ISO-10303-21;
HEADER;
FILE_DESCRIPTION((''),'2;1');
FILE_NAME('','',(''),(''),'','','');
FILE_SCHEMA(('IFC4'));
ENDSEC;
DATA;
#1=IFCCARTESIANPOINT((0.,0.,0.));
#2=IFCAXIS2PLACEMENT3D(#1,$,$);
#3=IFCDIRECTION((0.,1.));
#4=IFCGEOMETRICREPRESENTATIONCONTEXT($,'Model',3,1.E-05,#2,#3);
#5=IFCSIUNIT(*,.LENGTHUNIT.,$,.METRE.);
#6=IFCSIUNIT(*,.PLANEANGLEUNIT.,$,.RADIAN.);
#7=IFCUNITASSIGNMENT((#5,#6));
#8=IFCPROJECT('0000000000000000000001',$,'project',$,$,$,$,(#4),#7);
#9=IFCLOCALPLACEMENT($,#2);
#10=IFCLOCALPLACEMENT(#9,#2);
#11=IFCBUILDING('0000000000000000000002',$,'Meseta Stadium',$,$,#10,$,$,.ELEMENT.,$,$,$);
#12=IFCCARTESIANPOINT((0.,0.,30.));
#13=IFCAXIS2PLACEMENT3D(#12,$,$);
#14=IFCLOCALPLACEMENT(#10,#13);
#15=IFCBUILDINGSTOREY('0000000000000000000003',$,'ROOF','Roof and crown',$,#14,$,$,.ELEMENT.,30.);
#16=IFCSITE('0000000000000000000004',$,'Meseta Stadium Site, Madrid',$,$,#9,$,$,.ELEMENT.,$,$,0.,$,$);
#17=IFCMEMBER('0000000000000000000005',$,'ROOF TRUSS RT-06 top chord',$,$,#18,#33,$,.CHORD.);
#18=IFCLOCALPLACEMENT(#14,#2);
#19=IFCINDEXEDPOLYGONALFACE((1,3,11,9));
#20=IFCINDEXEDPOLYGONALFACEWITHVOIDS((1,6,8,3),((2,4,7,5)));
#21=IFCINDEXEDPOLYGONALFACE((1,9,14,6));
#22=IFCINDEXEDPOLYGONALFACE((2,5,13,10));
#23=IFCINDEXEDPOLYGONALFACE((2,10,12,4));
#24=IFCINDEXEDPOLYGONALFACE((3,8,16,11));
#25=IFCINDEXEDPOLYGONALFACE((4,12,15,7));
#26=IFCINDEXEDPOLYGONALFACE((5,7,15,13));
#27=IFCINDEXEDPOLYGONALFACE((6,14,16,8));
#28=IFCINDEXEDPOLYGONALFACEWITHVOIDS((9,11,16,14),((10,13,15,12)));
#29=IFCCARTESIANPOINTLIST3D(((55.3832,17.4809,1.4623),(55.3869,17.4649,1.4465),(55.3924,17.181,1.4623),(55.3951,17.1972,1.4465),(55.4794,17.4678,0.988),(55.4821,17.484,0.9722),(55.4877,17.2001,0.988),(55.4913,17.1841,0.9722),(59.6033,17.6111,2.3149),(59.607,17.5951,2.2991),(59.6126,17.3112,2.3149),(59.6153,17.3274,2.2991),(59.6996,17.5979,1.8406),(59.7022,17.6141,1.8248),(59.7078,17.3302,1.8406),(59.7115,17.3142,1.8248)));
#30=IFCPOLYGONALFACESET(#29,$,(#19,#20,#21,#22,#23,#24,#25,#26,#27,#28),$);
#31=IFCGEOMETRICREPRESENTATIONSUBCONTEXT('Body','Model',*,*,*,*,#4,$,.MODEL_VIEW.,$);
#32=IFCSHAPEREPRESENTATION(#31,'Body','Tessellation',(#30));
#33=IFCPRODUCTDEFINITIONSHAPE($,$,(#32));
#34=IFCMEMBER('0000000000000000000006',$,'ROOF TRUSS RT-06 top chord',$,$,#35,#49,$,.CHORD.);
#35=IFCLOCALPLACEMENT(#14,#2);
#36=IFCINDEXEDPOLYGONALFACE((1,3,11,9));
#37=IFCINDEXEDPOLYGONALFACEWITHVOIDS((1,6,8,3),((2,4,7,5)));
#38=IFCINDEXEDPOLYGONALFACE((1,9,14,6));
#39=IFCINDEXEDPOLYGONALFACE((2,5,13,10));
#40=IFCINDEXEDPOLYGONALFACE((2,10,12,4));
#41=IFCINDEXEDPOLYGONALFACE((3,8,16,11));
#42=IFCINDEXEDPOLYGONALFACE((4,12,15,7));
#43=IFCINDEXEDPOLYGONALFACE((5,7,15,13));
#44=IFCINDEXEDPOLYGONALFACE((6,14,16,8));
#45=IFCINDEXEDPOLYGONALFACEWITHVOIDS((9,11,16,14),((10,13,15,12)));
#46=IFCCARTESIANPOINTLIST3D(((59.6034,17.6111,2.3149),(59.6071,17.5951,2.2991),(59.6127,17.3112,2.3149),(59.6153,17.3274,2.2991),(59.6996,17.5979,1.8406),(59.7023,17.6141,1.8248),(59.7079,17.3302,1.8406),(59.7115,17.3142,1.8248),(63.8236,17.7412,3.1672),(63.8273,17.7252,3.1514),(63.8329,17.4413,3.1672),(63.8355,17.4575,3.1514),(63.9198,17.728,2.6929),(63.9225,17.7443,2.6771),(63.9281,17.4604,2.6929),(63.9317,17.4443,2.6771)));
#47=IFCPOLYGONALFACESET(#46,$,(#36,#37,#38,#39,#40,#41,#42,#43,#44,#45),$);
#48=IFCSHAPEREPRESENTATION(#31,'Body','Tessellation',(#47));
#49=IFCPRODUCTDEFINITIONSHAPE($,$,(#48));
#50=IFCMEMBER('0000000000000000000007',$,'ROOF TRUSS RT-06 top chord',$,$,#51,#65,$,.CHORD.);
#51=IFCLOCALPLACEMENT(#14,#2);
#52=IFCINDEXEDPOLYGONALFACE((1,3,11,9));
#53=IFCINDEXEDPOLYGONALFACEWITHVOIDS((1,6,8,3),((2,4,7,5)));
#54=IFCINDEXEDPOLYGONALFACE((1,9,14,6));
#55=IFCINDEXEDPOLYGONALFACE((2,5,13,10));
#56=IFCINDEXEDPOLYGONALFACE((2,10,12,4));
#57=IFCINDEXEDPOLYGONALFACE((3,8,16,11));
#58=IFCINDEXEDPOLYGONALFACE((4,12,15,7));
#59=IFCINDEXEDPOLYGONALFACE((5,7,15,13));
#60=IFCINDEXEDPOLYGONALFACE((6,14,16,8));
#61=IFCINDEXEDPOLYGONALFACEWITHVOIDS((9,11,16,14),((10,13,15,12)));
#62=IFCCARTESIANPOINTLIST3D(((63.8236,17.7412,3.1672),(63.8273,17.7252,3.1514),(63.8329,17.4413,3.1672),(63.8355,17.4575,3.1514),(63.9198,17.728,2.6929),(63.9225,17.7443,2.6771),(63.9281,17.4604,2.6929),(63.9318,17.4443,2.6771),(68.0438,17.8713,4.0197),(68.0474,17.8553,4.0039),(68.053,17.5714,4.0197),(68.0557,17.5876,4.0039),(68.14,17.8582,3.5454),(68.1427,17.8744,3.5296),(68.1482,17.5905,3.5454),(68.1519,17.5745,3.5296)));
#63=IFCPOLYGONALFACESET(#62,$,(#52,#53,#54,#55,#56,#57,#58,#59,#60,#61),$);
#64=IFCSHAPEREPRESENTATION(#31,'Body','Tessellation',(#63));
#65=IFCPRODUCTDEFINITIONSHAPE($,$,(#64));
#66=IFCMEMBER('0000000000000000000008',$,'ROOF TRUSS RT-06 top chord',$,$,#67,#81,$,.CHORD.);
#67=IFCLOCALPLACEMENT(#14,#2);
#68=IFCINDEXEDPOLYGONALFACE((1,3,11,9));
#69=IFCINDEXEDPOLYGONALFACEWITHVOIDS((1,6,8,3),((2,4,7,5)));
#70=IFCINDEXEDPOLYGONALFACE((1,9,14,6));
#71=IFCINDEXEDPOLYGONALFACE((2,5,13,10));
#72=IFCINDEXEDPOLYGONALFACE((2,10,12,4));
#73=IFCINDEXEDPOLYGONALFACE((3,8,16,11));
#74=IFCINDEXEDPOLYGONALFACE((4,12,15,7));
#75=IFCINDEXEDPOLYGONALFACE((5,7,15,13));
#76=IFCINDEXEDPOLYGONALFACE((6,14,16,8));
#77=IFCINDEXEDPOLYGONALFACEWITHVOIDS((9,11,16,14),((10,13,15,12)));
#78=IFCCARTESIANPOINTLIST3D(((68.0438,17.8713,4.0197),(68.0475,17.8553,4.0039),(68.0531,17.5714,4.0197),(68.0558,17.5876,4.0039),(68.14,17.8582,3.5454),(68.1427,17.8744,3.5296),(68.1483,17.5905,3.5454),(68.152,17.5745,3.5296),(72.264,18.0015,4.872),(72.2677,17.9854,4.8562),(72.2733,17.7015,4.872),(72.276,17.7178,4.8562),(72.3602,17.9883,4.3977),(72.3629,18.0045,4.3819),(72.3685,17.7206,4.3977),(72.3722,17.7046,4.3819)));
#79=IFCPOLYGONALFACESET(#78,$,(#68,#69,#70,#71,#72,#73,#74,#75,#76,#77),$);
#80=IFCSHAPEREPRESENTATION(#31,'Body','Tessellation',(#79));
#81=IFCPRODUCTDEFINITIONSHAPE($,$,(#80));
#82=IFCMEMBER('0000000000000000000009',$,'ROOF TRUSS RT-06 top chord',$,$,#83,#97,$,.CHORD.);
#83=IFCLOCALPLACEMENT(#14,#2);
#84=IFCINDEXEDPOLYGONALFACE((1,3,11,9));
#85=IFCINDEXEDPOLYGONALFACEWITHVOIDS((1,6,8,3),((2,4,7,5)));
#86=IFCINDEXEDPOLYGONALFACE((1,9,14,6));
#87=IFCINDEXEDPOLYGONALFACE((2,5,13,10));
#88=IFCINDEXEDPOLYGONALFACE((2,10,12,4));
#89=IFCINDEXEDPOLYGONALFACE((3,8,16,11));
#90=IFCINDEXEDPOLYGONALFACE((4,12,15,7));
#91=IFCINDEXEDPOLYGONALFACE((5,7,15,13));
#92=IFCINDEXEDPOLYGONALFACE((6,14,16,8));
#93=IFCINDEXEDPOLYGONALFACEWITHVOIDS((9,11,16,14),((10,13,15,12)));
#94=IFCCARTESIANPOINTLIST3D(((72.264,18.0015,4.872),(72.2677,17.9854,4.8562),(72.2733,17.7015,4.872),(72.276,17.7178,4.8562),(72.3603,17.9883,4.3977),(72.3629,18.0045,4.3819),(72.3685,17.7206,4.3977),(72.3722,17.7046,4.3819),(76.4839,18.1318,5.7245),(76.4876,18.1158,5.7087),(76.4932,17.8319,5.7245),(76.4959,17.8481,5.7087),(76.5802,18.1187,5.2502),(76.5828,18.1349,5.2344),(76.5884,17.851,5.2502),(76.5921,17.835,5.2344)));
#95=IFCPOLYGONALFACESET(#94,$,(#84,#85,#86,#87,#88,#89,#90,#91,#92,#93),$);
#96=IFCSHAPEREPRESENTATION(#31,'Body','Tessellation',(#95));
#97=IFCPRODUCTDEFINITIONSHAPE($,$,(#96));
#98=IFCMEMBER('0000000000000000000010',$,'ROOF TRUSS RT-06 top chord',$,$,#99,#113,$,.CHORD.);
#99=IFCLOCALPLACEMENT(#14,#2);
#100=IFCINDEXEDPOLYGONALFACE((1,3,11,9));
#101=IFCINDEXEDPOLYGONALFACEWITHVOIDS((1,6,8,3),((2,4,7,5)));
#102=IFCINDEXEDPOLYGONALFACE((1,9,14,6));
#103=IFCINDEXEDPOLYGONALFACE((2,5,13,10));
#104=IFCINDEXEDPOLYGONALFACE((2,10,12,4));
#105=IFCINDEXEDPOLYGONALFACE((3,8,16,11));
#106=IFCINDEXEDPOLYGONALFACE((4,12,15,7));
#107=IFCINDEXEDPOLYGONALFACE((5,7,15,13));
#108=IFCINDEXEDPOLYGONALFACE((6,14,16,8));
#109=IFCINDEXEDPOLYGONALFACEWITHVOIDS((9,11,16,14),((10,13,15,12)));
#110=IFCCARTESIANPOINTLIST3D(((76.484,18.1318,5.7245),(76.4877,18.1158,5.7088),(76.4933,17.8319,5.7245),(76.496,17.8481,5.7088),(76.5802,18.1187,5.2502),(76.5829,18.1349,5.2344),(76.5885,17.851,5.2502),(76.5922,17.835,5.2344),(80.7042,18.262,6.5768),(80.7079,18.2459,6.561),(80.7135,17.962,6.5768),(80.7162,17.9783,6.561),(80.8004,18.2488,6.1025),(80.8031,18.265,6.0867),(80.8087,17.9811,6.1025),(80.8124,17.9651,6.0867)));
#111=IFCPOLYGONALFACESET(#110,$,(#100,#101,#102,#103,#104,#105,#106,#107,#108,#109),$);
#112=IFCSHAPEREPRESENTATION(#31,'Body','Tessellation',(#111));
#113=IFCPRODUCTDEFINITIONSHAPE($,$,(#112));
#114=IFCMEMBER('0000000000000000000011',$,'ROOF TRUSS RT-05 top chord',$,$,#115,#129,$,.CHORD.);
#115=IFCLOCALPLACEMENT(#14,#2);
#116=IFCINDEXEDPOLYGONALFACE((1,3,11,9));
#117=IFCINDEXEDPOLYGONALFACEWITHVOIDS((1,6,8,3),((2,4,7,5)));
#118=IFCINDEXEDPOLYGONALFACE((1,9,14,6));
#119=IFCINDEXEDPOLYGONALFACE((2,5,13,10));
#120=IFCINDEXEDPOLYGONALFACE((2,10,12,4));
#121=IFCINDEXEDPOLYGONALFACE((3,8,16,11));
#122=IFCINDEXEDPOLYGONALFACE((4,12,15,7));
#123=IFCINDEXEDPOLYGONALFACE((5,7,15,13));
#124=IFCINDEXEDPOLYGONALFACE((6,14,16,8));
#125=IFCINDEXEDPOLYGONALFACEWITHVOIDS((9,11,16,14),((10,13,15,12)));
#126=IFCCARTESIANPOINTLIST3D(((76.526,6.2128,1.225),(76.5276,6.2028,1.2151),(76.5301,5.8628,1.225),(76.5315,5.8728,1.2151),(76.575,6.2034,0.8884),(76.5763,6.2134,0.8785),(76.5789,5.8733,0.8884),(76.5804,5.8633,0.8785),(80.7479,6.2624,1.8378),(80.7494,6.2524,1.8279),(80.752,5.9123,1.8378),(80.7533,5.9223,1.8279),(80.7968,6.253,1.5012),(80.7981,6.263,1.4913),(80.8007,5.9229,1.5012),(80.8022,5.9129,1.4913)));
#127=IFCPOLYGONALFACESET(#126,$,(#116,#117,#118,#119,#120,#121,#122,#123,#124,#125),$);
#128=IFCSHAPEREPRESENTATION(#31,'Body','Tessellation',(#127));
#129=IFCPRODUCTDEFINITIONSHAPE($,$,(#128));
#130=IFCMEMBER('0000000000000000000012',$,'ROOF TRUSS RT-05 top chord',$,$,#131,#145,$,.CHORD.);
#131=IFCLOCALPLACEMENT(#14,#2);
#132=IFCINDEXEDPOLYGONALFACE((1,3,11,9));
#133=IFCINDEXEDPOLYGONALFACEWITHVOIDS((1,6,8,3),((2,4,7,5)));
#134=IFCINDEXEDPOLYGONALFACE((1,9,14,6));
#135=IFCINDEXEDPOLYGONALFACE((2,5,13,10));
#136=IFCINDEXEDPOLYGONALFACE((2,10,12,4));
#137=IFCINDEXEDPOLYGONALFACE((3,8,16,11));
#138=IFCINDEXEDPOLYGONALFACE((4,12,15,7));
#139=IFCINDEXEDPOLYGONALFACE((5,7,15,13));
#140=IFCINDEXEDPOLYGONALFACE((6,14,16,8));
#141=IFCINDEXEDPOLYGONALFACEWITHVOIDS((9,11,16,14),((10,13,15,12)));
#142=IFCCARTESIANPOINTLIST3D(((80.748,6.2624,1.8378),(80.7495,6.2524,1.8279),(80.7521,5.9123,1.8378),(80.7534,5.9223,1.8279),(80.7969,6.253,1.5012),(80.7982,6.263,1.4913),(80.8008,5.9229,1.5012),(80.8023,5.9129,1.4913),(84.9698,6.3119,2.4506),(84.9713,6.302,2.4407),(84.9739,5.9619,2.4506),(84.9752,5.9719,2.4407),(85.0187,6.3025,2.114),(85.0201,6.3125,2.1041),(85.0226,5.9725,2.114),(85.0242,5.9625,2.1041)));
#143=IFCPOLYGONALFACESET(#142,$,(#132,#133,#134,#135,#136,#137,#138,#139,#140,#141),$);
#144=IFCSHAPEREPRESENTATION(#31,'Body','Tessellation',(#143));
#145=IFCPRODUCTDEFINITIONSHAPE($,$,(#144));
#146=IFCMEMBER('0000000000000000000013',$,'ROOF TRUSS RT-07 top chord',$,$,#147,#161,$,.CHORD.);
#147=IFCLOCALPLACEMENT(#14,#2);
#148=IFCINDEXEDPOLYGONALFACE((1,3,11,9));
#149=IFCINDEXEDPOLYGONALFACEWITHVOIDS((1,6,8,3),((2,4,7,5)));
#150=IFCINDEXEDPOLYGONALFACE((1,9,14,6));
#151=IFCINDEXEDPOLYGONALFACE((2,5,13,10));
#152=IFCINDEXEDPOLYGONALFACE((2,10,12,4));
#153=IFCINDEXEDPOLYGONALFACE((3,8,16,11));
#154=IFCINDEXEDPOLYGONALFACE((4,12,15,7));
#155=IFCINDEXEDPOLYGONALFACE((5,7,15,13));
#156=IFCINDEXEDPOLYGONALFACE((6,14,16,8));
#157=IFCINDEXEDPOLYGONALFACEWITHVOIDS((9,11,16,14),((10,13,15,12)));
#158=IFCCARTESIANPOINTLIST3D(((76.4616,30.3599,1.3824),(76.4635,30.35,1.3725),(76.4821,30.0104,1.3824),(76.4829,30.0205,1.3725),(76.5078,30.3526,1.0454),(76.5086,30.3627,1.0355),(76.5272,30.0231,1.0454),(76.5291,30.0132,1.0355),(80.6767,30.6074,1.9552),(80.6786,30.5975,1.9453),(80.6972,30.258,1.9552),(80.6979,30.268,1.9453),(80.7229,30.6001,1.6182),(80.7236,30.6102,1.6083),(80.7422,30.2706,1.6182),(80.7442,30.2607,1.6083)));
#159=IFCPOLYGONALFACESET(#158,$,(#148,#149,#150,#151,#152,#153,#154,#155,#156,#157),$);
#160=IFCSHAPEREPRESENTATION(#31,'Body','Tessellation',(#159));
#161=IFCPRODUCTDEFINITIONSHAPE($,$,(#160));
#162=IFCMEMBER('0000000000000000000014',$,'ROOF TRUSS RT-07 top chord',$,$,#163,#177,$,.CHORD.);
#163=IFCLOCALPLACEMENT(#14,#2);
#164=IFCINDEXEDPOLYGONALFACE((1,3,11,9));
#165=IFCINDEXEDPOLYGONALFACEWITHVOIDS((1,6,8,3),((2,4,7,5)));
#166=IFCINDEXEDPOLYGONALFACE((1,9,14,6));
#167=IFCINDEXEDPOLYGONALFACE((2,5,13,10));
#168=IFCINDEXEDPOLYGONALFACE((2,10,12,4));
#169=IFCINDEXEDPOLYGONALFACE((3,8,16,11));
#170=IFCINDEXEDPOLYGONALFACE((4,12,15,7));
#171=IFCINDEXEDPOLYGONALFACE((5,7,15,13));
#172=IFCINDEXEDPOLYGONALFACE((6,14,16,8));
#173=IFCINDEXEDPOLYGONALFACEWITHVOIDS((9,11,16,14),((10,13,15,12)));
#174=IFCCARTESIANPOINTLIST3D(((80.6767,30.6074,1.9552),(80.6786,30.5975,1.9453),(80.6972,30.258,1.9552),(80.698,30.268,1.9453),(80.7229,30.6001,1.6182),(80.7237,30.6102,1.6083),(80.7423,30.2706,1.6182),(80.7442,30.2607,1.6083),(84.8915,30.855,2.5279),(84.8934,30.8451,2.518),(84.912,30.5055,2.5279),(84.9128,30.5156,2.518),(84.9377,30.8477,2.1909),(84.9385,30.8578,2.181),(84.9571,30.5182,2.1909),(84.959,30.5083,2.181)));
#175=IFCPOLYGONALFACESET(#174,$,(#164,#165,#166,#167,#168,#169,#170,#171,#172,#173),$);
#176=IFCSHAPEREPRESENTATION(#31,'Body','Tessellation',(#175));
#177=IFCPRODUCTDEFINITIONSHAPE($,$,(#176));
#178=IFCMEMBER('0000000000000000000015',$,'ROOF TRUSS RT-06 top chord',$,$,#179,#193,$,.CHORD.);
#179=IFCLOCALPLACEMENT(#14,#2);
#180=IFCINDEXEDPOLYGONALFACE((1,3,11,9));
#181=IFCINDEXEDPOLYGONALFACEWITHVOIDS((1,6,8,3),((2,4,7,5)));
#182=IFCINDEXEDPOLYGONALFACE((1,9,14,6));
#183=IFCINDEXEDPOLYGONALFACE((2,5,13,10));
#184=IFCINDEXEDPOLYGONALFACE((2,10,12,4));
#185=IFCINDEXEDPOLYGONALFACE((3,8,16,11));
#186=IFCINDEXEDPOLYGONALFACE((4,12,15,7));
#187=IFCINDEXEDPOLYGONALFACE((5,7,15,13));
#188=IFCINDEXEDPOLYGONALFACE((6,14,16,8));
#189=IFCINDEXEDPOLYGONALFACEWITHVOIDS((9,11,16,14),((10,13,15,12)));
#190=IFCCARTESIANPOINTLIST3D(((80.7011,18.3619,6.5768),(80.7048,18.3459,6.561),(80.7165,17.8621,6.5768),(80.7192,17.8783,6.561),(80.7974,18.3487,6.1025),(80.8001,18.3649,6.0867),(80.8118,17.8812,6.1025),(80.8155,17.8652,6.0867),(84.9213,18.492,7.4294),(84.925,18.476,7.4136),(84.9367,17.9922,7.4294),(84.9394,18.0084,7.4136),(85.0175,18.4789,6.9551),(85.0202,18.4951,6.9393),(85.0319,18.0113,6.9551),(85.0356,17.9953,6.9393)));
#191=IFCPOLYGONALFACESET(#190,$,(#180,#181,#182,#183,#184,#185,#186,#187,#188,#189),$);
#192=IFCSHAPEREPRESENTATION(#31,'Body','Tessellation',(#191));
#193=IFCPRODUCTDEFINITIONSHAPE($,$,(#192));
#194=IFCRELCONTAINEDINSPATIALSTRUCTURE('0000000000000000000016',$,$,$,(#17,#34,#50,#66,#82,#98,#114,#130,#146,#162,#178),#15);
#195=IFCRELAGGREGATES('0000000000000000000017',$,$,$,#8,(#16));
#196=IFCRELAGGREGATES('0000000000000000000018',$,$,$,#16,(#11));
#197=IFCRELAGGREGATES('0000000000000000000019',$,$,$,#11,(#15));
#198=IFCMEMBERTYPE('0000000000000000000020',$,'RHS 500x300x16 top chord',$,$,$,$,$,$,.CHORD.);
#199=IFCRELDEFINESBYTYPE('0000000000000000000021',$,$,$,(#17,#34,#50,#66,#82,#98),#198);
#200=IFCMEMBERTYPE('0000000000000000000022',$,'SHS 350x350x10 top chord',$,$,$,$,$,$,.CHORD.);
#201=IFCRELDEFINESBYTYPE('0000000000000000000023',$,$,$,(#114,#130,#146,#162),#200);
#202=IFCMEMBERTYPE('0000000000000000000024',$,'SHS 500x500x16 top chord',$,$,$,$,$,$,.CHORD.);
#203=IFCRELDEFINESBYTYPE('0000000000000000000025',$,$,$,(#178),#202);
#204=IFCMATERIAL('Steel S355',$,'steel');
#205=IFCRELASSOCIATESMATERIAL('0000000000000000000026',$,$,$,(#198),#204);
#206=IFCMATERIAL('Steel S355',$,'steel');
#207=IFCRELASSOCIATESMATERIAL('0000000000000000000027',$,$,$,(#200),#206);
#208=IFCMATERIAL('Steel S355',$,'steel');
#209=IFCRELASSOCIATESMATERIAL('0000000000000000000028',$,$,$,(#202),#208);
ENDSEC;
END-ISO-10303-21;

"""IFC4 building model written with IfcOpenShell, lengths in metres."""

from ifc_helpers import new_model, si_unit, direction, frame, origin, origin_2d, place, context, subcontext, project, spatial, hollow_rectangle, extrude, material, material_profile, profile_set, type_object, element, save


model = new_model("IFC4")

# Units and contexts
model_context = context("Model", 3, precision=1e-05, world=origin(), true_north=direction((0.0, 1.0)))
body_context = subcontext(model_context, "Body", "Model", "MODEL_VIEW")
ifc_project = project(units=[si_unit("LENGTHUNIT", "METRE"), si_unit("PLANEANGLEUNIT", "RADIAN")], contexts=[model_context])

# Site, building, storey
site_placement = place(None, origin())
site = spatial("IfcSite", under=ifc_project, at=site_placement, Name="Meseta Stadium Site, Madrid", CompositionType="ELEMENT", RefElevation=0.0)
building_placement = place(site_placement, origin())
building = spatial("IfcBuilding", under=site, at=building_placement, Name="Meseta Stadium", CompositionType="ELEMENT")
storey_placement = place(building_placement, frame((0.0, 0.0, 30.0)))
storey = spatial("IfcBuildingStorey", under=building, at=storey_placement, Name="ROOF", Description="Roof and crown", CompositionType="ELEMENT", Elevation=30.0)

# Members
ifc_material_1 = material(Name="Steel S355", Category="steel")
ifc_material_profile_1 = material_profile(ifc_material_1, hollow_rectangle(XDim=0.3, YDim=0.5, WallThickness=0.0161, at=origin_2d()), Name="RHS 500x300x16")
ifc_profile_set_1 = profile_set([ifc_material_profile_1], Name="Steel S355")
member_type_1 = type_object("IfcMemberType", Name="RHS 500x300x16 top chord", PredefinedType="CHORD", material=ifc_profile_set_1)
for number, where, z_axis, x_axis, name in (
    (1, (55.4373, 17.3325, 1.2173), (0.979752, 0.03021, 0.197923), (-0.03082, 0.999525, 0.0), "ROOF TRUSS RT-06 top chord"),
    (2, (59.6575, 17.4626, 2.0698), (0.979763, 0.03021, 0.197868), (-0.03082, 0.999525, 0.0), "ROOF TRUSS RT-06 top chord"),
    (3, (63.8777, 17.5928, 2.9221), (0.979752, 0.03021, 0.197923), (-0.03082, 0.999525, 0.0), "ROOF TRUSS RT-06 top chord"),
    (4, (68.0979, 17.7229, 3.7747), (0.979763, 0.03021, 0.197868), (-0.03082, 0.999525, 0.0), "ROOF TRUSS RT-06 top chord"),
):
    element("IfcMember", number, at=place(storey_placement, frame(where, z_axis=z_axis, x_axis=x_axis)), inside=storey, type_object=member_type_1, Name=name, PredefinedType="CHORD", context=body_context, shape_type="SweptSolid", body=[
        extrude(hollow_rectangle(XDim=0.3, YDim=0.5, WallThickness=0.0161, at=origin_2d()), origin(), (0.0, 0.0, 1.0), 4.3074),
    ])
member_1_placement = place(storey_placement, frame((72.3181, 17.853, 4.627), z_axis=(0.979748, 0.030268, 0.197933), x_axis=(-0.030879, 0.999523, 0.0)))
element("IfcMember", 5, at=member_1_placement, inside=storey, type_object=member_type_1, Name="ROOF TRUSS RT-06 top chord", PredefinedType="CHORD", context=body_context, shape_type="SweptSolid", body=[
    extrude(hollow_rectangle(XDim=0.3, YDim=0.5, WallThickness=0.0161, at=origin_2d()), origin(), (0.0, 0.0, 1.0), 4.3071),
])
member_2_placement = place(storey_placement, frame((76.5381, 17.9834, 5.4795), z_axis=(0.979763, 0.03021, 0.197868), x_axis=(-0.03082, 0.999525, 0.0)))
element("IfcMember", 6, at=member_2_placement, inside=storey, type_object=member_type_1, Name="ROOF TRUSS RT-06 top chord", PredefinedType="CHORD", context=body_context, shape_type="SweptSolid", body=[
    extrude(hollow_rectangle(XDim=0.3, YDim=0.5, WallThickness=0.0161, at=origin_2d()), origin(), (0.0, 0.0, 1.0), 4.3074),
])
ifc_material_2 = material(Name="Steel S355", Category="steel")
ifc_material_profile_2 = material_profile(ifc_material_2, hollow_rectangle(XDim=0.3501, YDim=0.3501, WallThickness=0.01, at=origin_2d()), Name="SHS 350x350x10")
ifc_profile_set_2 = profile_set([ifc_material_profile_2], Name="Steel S355")
member_type_2 = type_object("IfcMemberType", Name="SHS 350x350x10 top chord", PredefinedType="CHORD", material=ifc_profile_set_2)
for number, where, z_axis, x_axis, name in (
    (7, (76.5532, 6.0381, 1.0518), (0.989563, 0.011616, 0.143631), (-0.011738, 0.999931, 0.0), "ROOF TRUSS RT-05 top chord"),
    (8, (80.7751, 6.0876, 1.6646), (0.989563, 0.011616, 0.143631), (-0.011738, 0.999931, 0.0), "ROOF TRUSS RT-05 top chord"),
):
    element("IfcMember", number, at=place(storey_placement, frame(where, z_axis=z_axis, x_axis=x_axis)), inside=storey, type_object=member_type_2, Name=name, PredefinedType="CHORD", context=body_context, shape_type="SweptSolid", body=[
        extrude(hollow_rectangle(XDim=0.3501, YDim=0.3501, WallThickness=0.01, at=origin_2d()), origin(), (0.0, 0.0, 1.0), 4.2664),
    ])
member_3_placement = place(storey_placement, frame((76.4954, 30.1865, 1.209), z_axis=(0.98922, 0.058098, 0.134417), x_axis=(-0.058631, 0.99828, 0.0)))
element("IfcMember", 9, at=member_3_placement, inside=storey, type_object=member_type_2, Name="ROOF TRUSS RT-07 top chord", PredefinedType="CHORD", context=body_context, shape_type="SweptSolid", body=[
    extrude(hollow_rectangle(XDim=0.3501, YDim=0.3501, WallThickness=0.01, at=origin_2d()), origin(), (0.0, 0.0, 1.0), 4.261),
])
member_4_placement = place(storey_placement, frame((80.7104, 30.4341, 1.7817), z_axis=(0.989219, 0.058102, 0.134425), x_axis=(-0.058634, 0.99828, 0.0)))
element("IfcMember", 10, at=member_4_placement, inside=storey, type_object=member_type_2, Name="ROOF TRUSS RT-07 top chord", PredefinedType="CHORD", context=body_context, shape_type="SweptSolid", body=[
    extrude(hollow_rectangle(XDim=0.3501, YDim=0.3501, WallThickness=0.01, at=origin_2d()), origin(), (0.0, 0.0, 1.0), 4.2607),
])
ifc_material_3 = material(Name="Steel S355", Category="steel")
ifc_material_profile_3 = material_profile(ifc_material_3, hollow_rectangle(XDim=0.5, YDim=0.5, WallThickness=0.0161, at=origin_2d()), Name="SHS 500x500x16")
ifc_profile_set_3 = profile_set([ifc_material_profile_3], Name="Steel S355")
member_type_3 = type_object("IfcMemberType", Name="SHS 500x500x16 top chord", PredefinedType="CHORD", material=ifc_profile_set_3)
member_5_placement = place(storey_placement, frame((80.7583, 18.1135, 6.3318), z_axis=(0.979752, 0.03021, 0.197923), x_axis=(-0.03082, 0.999525, 0.0)))
element("IfcMember", 11, at=member_5_placement, inside=storey, type_object=member_type_3, Name="ROOF TRUSS RT-06 top chord", PredefinedType="CHORD", context=body_context, shape_type="SweptSolid", body=[
    extrude(hollow_rectangle(XDim=0.5, YDim=0.5, WallThickness=0.0161, at=origin_2d()), origin(), (0.0, 0.0, 1.0), 4.3074),
])

save(model, "model.ifc")
